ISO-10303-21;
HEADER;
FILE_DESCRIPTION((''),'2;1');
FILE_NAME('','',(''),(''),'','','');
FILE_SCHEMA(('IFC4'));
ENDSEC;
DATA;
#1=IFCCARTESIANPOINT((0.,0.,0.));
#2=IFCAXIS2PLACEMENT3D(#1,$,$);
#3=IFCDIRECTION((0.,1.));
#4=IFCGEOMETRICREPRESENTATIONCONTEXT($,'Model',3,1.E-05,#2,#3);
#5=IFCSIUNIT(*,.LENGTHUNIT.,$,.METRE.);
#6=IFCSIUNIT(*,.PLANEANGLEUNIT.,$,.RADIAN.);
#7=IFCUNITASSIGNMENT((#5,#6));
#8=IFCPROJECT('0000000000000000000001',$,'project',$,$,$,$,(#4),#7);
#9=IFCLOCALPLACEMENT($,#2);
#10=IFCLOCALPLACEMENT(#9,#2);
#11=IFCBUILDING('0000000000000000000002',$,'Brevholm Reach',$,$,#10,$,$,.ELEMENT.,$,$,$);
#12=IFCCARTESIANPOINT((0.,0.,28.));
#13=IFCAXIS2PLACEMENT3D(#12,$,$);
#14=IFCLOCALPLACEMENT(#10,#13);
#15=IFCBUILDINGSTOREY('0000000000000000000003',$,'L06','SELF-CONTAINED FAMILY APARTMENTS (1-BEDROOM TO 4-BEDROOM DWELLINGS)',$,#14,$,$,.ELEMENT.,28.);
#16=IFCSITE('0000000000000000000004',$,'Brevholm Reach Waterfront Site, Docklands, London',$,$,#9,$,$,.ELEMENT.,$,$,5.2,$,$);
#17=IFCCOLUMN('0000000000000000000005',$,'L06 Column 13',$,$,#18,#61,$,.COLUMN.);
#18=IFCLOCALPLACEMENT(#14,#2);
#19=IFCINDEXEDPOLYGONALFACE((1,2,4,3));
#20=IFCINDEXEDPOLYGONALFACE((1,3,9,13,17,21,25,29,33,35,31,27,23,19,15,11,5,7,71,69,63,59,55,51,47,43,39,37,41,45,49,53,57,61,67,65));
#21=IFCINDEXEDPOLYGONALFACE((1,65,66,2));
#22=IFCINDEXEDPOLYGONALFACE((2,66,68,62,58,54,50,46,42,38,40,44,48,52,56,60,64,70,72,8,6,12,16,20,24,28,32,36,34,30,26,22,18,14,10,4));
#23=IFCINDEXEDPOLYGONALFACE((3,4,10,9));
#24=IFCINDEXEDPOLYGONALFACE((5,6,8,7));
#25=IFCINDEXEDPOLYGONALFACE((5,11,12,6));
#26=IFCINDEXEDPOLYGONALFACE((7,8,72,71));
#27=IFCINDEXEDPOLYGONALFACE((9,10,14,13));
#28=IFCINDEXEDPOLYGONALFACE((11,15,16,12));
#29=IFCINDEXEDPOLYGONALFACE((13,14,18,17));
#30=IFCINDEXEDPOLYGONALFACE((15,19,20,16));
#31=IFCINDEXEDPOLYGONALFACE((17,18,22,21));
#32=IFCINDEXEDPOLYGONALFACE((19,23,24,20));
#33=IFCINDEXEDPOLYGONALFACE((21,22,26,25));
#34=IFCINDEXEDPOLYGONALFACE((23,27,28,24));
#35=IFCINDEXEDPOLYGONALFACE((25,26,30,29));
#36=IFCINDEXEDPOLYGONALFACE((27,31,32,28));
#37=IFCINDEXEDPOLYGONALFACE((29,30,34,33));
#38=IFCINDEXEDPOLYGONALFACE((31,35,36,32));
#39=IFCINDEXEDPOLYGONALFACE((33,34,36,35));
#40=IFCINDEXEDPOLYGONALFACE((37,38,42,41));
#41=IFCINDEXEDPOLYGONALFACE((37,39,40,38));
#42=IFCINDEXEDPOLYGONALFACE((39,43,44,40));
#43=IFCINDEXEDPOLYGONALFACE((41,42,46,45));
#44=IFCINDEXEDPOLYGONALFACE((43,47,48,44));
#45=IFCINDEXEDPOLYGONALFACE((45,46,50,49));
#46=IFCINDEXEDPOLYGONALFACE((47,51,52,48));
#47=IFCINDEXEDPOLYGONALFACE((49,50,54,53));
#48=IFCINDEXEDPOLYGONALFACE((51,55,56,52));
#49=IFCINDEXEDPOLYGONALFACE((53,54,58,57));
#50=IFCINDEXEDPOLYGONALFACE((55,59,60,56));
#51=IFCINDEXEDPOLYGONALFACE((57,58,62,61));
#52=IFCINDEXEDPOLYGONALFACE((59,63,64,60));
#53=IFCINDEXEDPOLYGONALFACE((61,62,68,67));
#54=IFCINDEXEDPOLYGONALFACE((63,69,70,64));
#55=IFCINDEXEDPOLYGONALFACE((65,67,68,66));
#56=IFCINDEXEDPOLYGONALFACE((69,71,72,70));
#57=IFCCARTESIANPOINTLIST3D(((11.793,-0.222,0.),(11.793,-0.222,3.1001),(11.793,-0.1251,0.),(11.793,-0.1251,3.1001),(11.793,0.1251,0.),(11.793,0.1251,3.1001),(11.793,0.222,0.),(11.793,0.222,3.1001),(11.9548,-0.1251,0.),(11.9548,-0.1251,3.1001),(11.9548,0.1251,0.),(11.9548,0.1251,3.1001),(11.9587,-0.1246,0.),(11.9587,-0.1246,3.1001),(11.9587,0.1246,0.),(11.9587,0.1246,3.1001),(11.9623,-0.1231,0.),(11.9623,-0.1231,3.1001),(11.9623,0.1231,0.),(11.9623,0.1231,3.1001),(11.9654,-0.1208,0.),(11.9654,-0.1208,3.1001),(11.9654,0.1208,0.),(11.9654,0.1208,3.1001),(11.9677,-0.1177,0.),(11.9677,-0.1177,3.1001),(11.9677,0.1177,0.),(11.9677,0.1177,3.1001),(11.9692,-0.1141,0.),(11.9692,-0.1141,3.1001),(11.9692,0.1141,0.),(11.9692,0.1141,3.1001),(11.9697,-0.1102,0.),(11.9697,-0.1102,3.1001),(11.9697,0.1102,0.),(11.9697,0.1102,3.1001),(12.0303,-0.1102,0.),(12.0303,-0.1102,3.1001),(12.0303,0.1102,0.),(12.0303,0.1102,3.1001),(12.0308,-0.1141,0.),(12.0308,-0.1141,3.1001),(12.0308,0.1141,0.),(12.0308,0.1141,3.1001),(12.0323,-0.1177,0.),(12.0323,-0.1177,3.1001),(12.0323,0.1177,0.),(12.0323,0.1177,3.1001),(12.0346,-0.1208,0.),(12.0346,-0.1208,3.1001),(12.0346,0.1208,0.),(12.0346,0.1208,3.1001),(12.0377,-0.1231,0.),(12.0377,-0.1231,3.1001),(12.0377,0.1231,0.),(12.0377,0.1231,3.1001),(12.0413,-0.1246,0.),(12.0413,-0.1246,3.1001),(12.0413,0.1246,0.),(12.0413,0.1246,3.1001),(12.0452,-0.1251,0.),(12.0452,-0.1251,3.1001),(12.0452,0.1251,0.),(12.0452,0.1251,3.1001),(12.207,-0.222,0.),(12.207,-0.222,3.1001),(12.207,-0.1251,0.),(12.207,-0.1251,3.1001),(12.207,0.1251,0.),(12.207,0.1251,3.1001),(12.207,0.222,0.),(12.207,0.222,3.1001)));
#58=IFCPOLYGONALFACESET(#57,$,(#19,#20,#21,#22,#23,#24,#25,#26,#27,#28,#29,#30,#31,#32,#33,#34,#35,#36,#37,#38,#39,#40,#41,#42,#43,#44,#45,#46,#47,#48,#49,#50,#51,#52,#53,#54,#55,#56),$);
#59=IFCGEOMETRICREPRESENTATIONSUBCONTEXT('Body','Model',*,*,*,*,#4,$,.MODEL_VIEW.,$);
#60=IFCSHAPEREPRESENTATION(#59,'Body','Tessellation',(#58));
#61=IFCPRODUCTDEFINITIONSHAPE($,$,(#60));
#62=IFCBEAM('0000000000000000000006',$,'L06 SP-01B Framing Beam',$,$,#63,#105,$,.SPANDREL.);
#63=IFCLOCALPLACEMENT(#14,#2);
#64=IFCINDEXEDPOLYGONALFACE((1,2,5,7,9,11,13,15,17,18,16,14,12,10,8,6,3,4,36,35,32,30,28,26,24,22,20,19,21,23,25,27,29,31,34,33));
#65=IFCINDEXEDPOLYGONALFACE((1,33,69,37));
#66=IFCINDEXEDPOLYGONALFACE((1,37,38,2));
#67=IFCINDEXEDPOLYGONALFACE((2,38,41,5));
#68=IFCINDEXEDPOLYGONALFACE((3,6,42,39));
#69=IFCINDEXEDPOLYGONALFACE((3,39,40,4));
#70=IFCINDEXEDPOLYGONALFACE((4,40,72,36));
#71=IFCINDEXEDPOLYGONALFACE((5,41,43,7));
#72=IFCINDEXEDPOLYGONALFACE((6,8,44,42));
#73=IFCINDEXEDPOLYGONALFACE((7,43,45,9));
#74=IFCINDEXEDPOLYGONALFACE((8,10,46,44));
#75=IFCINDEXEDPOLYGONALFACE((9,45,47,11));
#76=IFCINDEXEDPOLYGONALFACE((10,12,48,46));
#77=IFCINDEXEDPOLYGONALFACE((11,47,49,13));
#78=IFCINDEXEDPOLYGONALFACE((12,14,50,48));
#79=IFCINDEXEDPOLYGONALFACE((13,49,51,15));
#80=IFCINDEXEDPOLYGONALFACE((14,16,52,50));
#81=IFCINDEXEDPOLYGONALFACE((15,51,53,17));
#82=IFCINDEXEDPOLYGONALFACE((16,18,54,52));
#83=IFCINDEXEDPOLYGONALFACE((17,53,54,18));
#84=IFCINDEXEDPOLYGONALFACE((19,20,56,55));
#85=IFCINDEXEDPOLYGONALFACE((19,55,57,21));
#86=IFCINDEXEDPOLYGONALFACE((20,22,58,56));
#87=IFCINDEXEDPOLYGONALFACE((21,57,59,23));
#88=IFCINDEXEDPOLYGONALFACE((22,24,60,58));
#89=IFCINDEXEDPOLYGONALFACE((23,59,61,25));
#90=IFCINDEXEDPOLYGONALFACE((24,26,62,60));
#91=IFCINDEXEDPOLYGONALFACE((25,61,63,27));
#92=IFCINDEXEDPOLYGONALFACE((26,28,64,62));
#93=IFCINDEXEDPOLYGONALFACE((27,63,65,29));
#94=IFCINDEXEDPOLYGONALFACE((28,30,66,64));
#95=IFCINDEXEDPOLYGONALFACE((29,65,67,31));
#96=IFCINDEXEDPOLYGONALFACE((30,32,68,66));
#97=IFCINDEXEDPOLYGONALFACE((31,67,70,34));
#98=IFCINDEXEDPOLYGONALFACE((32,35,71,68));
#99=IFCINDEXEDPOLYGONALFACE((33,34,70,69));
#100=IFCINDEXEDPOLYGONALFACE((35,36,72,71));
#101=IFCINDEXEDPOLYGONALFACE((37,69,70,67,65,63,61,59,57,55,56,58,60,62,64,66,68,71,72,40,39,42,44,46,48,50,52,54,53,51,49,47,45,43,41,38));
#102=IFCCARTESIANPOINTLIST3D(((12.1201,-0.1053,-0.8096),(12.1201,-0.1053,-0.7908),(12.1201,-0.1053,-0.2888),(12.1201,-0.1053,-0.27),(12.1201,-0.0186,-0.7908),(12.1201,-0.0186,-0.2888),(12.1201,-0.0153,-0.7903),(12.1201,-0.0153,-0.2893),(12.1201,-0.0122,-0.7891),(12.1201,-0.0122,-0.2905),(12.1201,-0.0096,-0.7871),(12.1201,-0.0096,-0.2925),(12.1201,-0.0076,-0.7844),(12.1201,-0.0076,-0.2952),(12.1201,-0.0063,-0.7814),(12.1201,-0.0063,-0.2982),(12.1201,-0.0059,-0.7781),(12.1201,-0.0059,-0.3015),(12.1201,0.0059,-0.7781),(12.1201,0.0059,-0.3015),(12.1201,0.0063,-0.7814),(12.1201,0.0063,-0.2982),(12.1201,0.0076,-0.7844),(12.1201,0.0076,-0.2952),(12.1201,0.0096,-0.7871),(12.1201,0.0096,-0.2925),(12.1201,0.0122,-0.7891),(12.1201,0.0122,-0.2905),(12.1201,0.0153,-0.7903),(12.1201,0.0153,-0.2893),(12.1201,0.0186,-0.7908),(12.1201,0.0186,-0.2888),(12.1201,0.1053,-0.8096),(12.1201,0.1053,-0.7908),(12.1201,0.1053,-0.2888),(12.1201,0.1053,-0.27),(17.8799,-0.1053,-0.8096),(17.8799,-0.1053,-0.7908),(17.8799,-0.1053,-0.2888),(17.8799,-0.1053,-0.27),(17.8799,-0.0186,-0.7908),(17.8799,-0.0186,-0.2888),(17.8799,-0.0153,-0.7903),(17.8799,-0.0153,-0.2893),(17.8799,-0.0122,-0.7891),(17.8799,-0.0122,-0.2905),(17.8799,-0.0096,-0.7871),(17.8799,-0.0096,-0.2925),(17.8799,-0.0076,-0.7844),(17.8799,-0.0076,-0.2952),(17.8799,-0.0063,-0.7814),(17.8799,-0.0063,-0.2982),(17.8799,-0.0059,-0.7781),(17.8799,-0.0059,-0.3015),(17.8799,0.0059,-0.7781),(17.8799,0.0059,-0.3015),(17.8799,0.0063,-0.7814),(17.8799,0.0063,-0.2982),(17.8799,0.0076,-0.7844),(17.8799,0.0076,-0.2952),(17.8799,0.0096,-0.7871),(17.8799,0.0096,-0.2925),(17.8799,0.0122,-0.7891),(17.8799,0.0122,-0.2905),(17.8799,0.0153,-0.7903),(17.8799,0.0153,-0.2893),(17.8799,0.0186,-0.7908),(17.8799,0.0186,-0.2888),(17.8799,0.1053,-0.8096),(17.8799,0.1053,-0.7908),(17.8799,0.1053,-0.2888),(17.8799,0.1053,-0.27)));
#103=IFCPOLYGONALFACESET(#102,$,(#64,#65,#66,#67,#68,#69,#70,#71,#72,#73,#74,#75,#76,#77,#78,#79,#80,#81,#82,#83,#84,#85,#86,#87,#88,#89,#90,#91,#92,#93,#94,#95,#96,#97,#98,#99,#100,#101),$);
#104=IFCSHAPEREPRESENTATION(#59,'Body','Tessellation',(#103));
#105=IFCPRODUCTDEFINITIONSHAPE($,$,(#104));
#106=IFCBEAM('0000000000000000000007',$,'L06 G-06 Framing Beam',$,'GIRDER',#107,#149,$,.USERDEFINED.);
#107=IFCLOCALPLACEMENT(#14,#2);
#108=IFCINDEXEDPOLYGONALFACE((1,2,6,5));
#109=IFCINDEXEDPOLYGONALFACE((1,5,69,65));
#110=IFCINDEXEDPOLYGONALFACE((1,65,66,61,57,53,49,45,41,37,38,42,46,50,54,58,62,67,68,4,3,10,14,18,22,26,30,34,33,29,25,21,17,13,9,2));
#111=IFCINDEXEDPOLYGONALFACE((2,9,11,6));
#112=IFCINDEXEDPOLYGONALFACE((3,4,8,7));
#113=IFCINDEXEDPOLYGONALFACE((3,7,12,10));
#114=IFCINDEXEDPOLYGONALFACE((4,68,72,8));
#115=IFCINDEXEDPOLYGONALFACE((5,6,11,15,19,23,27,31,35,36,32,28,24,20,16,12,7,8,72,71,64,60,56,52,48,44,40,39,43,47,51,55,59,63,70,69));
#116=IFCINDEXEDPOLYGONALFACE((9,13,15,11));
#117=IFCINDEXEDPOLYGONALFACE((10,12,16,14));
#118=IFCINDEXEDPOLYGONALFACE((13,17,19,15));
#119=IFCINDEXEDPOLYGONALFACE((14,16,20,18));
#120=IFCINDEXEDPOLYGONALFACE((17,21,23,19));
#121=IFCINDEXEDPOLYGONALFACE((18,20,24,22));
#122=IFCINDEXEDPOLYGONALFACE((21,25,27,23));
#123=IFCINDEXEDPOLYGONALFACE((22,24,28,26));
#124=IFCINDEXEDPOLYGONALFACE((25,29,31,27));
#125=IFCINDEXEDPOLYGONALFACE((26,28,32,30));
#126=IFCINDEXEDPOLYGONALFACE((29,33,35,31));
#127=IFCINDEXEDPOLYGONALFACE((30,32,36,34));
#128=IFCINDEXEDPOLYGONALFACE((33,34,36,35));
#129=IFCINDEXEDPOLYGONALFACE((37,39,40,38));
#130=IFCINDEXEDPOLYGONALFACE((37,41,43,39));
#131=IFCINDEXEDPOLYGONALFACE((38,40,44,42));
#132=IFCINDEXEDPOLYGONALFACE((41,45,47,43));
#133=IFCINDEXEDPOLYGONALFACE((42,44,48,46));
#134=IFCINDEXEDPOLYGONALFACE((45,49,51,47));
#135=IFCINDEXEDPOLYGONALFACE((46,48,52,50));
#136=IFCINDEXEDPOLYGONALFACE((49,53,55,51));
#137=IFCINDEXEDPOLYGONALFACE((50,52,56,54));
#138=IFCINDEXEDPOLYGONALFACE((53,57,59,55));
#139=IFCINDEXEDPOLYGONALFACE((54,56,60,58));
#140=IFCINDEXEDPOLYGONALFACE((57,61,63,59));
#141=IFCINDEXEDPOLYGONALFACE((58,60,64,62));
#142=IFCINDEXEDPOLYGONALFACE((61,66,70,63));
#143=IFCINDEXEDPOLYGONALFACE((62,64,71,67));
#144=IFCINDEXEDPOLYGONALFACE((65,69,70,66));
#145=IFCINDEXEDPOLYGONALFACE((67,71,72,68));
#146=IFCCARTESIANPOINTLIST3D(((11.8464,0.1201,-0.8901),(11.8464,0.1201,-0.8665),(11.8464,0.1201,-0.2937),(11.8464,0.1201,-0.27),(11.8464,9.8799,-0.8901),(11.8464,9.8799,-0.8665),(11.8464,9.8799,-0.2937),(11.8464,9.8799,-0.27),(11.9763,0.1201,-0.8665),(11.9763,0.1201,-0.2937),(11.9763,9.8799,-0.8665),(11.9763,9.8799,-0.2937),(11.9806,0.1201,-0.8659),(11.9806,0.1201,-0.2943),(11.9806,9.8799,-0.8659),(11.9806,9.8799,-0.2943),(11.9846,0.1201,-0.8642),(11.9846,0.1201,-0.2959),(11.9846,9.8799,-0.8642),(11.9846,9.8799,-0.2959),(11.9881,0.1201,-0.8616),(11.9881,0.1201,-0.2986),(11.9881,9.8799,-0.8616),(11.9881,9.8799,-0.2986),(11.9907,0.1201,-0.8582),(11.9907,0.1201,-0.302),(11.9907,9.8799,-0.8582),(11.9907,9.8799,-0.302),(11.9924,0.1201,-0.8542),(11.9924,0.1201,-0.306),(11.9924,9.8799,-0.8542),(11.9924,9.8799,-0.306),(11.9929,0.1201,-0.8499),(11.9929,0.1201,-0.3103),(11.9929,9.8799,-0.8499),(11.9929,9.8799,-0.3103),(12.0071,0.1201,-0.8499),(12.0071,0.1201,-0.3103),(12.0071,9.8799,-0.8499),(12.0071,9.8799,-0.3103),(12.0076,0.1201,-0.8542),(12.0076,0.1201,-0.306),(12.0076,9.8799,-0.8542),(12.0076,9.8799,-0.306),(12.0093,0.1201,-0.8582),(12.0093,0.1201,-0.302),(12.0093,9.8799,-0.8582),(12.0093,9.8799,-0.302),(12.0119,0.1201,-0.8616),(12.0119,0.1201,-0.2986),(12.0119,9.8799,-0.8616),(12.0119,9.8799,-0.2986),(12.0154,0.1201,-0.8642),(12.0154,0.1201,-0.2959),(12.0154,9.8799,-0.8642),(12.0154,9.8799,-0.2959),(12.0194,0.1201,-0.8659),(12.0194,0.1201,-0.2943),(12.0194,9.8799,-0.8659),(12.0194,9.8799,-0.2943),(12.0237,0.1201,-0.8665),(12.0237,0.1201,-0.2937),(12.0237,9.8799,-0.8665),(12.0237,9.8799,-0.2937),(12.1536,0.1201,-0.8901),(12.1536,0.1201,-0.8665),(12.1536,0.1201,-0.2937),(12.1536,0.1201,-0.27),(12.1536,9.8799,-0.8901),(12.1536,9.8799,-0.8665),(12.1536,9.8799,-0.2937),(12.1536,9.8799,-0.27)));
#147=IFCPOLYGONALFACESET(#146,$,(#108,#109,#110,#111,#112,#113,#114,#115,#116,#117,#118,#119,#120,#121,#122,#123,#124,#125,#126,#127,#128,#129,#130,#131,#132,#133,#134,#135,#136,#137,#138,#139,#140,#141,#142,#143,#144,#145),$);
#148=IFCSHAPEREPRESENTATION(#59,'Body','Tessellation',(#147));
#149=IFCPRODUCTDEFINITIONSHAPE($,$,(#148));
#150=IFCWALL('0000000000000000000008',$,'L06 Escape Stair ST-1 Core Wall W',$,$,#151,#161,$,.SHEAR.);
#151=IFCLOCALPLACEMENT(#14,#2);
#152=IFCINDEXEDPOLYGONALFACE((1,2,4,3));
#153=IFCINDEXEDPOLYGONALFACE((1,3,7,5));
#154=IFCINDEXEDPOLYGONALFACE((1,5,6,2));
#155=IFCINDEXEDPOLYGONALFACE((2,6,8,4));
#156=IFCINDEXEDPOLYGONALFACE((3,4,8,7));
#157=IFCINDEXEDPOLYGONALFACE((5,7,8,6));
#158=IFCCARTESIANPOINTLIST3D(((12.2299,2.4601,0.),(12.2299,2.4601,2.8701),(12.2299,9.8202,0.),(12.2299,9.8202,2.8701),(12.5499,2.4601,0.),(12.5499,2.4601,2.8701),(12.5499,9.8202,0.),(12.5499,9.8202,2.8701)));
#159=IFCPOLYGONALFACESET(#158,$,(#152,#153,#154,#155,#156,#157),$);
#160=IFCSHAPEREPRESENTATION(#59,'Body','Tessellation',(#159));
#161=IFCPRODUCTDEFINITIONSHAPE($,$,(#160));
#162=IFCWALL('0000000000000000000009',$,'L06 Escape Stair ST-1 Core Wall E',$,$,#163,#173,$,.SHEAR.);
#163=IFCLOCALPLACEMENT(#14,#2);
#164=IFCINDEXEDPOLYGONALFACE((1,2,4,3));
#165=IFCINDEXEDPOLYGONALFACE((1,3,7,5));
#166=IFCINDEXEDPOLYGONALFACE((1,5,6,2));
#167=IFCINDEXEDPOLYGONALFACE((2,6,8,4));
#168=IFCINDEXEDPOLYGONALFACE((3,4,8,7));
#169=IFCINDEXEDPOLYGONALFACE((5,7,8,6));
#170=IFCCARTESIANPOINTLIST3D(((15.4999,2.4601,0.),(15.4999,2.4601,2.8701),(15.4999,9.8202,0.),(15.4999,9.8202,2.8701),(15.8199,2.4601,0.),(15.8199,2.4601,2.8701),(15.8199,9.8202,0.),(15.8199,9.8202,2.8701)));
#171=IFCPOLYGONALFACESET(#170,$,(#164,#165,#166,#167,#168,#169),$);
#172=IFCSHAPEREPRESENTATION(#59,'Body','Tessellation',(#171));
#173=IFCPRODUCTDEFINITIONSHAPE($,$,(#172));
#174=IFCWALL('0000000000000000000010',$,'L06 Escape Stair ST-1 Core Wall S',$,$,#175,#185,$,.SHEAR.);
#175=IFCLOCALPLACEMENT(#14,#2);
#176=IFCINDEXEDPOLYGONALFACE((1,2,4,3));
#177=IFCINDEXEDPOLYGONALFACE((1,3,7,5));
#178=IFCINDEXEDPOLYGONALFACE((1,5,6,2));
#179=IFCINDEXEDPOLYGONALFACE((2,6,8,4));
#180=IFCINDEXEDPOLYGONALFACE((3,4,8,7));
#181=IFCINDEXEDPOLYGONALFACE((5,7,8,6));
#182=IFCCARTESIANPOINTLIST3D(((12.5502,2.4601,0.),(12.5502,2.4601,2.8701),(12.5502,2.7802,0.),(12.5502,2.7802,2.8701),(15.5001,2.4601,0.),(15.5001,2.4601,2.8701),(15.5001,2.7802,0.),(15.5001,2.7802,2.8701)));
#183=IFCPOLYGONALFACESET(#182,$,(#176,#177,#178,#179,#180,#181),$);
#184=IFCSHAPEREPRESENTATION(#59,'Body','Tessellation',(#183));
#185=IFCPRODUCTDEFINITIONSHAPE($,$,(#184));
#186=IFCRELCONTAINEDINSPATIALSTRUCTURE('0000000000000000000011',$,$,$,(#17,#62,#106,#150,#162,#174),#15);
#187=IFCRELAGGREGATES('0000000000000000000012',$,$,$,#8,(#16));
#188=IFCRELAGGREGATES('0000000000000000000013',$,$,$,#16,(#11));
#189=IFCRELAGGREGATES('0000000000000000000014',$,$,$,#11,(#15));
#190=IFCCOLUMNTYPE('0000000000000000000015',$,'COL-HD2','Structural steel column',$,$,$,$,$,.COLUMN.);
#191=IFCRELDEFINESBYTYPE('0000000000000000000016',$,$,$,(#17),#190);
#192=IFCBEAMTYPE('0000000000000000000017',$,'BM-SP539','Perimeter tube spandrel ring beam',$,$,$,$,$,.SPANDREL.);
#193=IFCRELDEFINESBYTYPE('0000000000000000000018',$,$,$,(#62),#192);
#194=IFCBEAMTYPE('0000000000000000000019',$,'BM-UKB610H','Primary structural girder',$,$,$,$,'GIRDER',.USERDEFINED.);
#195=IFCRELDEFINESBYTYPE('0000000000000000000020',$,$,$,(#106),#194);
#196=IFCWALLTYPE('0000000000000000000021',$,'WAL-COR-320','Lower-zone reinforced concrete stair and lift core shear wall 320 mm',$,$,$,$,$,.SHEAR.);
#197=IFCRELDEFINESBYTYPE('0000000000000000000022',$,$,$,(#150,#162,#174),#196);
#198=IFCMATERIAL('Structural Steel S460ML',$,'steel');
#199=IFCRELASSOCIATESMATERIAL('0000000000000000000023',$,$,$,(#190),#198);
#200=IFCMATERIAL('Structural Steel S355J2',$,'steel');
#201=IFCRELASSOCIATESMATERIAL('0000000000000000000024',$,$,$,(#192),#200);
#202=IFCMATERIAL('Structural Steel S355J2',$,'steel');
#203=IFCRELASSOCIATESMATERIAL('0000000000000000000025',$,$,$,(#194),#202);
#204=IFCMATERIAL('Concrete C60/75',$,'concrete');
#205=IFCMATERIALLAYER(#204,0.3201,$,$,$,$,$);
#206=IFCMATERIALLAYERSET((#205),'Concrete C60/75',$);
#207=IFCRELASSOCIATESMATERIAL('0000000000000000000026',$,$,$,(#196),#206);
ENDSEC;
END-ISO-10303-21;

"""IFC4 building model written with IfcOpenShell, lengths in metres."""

from ifc_helpers import new_model, si_unit, direction, frame, frame_2d, origin, origin_2d, place, context, subcontext, project, spatial, rectangle, i_section, extrude, material, layer, layer_set, material_profile, profile_set, type_object, element, save


model = new_model("IFC4")

# Units and contexts
model_context = context("Model", 3, precision=1e-05, world=origin(), true_north=direction((0.0, 1.0)))
body_context = subcontext(model_context, "Body", "Model", "MODEL_VIEW")
ifc_project = project(units=[si_unit("LENGTHUNIT", "METRE"), si_unit("PLANEANGLEUNIT", "RADIAN")], contexts=[model_context])

# Site, building, storey
site_placement = place(None, origin())
site = spatial("IfcSite", under=ifc_project, at=site_placement, Name="Brevholm Reach Waterfront Site, Docklands, London", CompositionType="ELEMENT", RefElevation=5.2)
building_placement = place(site_placement, origin())
building = spatial("IfcBuilding", under=site, at=building_placement, Name="Brevholm Reach", CompositionType="ELEMENT")
storey_placement = place(building_placement, frame((0.0, 0.0, 28.0)))
storey = spatial("IfcBuildingStorey", under=building, at=storey_placement, Name="L06", Description="SELF-CONTAINED FAMILY APARTMENTS (1-BEDROOM TO 4-BEDROOM DWELLINGS)", CompositionType="ELEMENT", Elevation=28.0)

# Column
ifc_material_1 = material(Name="Structural Steel S460ML", Category="steel")
ifc_material_profile_1 = material_profile(ifc_material_1, i_section(OverallWidth=0.4141, OverallDepth=0.4441, WebThickness=0.0605, FlangeThickness=0.0969, FilletRadius=0.0149, at=origin_2d()), Name="HD 400x818")
ifc_profile_set_1 = profile_set([ifc_material_profile_1], Name="Structural Steel S460ML")
column_type = type_object("IfcColumnType", Name="COL-HD2", Description="Structural steel column", PredefinedType="COLUMN", material=ifc_profile_set_1)
column_placement = place(storey_placement, frame((12.0, 0.0, 0.0), z_axis=(0.0, 0.0, 1.0), x_axis=(1.0, 0.0, 0.0)))
element("IfcColumn", 1, at=column_placement, inside=storey, type_object=column_type, Name="L06 Column 13", PredefinedType="COLUMN", context=body_context, shape_type="SweptSolid", body=[
    extrude(i_section(OverallWidth=0.4141, OverallDepth=0.4441, WebThickness=0.0605, FlangeThickness=0.0969, FilletRadius=0.0149, at=origin_2d()), origin(), (0.0, 0.0, 1.0), 3.1001),
])

# Beams
ifc_material_2 = material(Name="Structural Steel S355J2", Category="steel")
ifc_material_profile_2 = material_profile(ifc_material_2, i_section(OverallWidth=0.2107, OverallDepth=0.5396, WebThickness=0.0117, FlangeThickness=0.0188, FilletRadius=0.0127, at=origin_2d()), Name="UKB 533x210x109")
ifc_profile_set_2 = profile_set([ifc_material_profile_2], Name="Structural Steel S355J2")
beam_type_1 = type_object("IfcBeamType", Name="BM-SP539", Description="Perimeter tube spandrel ring beam", PredefinedType="SPANDREL", material=ifc_profile_set_2)
beam_1_placement = place(storey_placement, frame((12.1201, 0.0, -0.5398), z_axis=(1.0, 0.0, 0.0), x_axis=(0.0, 1.0, 0.0)))
element("IfcBeam", 2, at=beam_1_placement, inside=storey, type_object=beam_type_1, Name="L06 SP-01B Framing Beam", PredefinedType="SPANDREL", context=body_context, shape_type="SweptSolid", body=[
    extrude(i_section(OverallWidth=0.2107, OverallDepth=0.5396, WebThickness=0.0117, FlangeThickness=0.0188, FilletRadius=0.0127, at=origin_2d()), origin(), (0.0, 0.0, 1.0), 5.7598),
])
ifc_material_3 = material(Name="Structural Steel S355J2", Category="steel")
ifc_material_profile_3 = material_profile(ifc_material_3, i_section(OverallWidth=0.3071, OverallDepth=0.6201, WebThickness=0.0142, FlangeThickness=0.0237, FilletRadius=0.0166, at=origin_2d()), Name="UKB 610x305x179")
ifc_profile_set_3 = profile_set([ifc_material_profile_3], Name="Structural Steel S355J2")
beam_type_2 = type_object("IfcBeamType", Name="BM-UKB610H", Description="Primary structural girder", ElementType="GIRDER", PredefinedType="USERDEFINED", material=ifc_profile_set_3)
beam_2_placement = place(storey_placement, frame((12.0, 0.1201, -0.5801), z_axis=(0.0, 1.0, 0.0), x_axis=(-1.0, 0.0, 0.0)))
element("IfcBeam", 3, at=beam_2_placement, inside=storey, type_object=beam_type_2, Name="L06 G-06 Framing Beam", ObjectType="GIRDER", PredefinedType="USERDEFINED", context=body_context, shape_type="SweptSolid", body=[
    extrude(i_section(OverallWidth=0.3071, OverallDepth=0.6201, WebThickness=0.0142, FlangeThickness=0.0237, FilletRadius=0.0166, at=origin_2d()), origin(), (0.0, 0.0, 1.0), 9.7598),
])

# Walls
ifc_material_4 = material(Name="Concrete C60/75", Category="concrete")
ifc_layer_1 = layer(ifc_material_4, 0.3201)
ifc_layer_set_1 = layer_set([ifc_layer_1], Name="Concrete C60/75")
wall_type_1 = type_object("IfcWallType", Name="WAL-COR-320", Description="Lower-zone reinforced concrete stair and lift core shear wall 320 mm", PredefinedType="SHEAR", material=ifc_layer_set_1)
for number, where, z_axis, x_axis, name in (
    (4, (12.3899, 2.46, 0.0), (0.0, 0.0, 1.0), (0.0, 1.0, 0.0), "L06 Escape Stair ST-1 Core Wall W"),
    (5, (15.6599, 2.46, 0.0), (0.0, 0.0, 1.0), (0.0, 1.0, 0.0), "L06 Escape Stair ST-1 Core Wall E"),
):
    element("IfcWall", number, at=place(storey_placement, frame(where, z_axis=z_axis, x_axis=x_axis)), inside=storey, type_object=wall_type_1, Name=name, PredefinedType="SHEAR", context=body_context, shape_type="SweptSolid", body=[
        extrude(rectangle(XDim=7.3601, YDim=0.3201, at=frame_2d((3.6802, 0.0))), origin(), (0.0, 0.0, 1.0), 2.8701),
    ])
wall_1_placement = place(storey_placement, frame((12.55, 2.6201, 0.0), z_axis=(0.0, 0.0, 1.0), x_axis=(1.0, 0.0, 0.0)))
element("IfcWall", 6, at=wall_1_placement, inside=storey, type_object=wall_type_1, Name="L06 Escape Stair ST-1 Core Wall S", PredefinedType="SHEAR", context=body_context, shape_type="SweptSolid", body=[
    extrude(rectangle(XDim=2.95, YDim=0.3201, at=frame_2d((1.4751, 0.0))), origin(), (0.0, 0.0, 1.0), 2.8701),
])

save(model, "model.ifc")
